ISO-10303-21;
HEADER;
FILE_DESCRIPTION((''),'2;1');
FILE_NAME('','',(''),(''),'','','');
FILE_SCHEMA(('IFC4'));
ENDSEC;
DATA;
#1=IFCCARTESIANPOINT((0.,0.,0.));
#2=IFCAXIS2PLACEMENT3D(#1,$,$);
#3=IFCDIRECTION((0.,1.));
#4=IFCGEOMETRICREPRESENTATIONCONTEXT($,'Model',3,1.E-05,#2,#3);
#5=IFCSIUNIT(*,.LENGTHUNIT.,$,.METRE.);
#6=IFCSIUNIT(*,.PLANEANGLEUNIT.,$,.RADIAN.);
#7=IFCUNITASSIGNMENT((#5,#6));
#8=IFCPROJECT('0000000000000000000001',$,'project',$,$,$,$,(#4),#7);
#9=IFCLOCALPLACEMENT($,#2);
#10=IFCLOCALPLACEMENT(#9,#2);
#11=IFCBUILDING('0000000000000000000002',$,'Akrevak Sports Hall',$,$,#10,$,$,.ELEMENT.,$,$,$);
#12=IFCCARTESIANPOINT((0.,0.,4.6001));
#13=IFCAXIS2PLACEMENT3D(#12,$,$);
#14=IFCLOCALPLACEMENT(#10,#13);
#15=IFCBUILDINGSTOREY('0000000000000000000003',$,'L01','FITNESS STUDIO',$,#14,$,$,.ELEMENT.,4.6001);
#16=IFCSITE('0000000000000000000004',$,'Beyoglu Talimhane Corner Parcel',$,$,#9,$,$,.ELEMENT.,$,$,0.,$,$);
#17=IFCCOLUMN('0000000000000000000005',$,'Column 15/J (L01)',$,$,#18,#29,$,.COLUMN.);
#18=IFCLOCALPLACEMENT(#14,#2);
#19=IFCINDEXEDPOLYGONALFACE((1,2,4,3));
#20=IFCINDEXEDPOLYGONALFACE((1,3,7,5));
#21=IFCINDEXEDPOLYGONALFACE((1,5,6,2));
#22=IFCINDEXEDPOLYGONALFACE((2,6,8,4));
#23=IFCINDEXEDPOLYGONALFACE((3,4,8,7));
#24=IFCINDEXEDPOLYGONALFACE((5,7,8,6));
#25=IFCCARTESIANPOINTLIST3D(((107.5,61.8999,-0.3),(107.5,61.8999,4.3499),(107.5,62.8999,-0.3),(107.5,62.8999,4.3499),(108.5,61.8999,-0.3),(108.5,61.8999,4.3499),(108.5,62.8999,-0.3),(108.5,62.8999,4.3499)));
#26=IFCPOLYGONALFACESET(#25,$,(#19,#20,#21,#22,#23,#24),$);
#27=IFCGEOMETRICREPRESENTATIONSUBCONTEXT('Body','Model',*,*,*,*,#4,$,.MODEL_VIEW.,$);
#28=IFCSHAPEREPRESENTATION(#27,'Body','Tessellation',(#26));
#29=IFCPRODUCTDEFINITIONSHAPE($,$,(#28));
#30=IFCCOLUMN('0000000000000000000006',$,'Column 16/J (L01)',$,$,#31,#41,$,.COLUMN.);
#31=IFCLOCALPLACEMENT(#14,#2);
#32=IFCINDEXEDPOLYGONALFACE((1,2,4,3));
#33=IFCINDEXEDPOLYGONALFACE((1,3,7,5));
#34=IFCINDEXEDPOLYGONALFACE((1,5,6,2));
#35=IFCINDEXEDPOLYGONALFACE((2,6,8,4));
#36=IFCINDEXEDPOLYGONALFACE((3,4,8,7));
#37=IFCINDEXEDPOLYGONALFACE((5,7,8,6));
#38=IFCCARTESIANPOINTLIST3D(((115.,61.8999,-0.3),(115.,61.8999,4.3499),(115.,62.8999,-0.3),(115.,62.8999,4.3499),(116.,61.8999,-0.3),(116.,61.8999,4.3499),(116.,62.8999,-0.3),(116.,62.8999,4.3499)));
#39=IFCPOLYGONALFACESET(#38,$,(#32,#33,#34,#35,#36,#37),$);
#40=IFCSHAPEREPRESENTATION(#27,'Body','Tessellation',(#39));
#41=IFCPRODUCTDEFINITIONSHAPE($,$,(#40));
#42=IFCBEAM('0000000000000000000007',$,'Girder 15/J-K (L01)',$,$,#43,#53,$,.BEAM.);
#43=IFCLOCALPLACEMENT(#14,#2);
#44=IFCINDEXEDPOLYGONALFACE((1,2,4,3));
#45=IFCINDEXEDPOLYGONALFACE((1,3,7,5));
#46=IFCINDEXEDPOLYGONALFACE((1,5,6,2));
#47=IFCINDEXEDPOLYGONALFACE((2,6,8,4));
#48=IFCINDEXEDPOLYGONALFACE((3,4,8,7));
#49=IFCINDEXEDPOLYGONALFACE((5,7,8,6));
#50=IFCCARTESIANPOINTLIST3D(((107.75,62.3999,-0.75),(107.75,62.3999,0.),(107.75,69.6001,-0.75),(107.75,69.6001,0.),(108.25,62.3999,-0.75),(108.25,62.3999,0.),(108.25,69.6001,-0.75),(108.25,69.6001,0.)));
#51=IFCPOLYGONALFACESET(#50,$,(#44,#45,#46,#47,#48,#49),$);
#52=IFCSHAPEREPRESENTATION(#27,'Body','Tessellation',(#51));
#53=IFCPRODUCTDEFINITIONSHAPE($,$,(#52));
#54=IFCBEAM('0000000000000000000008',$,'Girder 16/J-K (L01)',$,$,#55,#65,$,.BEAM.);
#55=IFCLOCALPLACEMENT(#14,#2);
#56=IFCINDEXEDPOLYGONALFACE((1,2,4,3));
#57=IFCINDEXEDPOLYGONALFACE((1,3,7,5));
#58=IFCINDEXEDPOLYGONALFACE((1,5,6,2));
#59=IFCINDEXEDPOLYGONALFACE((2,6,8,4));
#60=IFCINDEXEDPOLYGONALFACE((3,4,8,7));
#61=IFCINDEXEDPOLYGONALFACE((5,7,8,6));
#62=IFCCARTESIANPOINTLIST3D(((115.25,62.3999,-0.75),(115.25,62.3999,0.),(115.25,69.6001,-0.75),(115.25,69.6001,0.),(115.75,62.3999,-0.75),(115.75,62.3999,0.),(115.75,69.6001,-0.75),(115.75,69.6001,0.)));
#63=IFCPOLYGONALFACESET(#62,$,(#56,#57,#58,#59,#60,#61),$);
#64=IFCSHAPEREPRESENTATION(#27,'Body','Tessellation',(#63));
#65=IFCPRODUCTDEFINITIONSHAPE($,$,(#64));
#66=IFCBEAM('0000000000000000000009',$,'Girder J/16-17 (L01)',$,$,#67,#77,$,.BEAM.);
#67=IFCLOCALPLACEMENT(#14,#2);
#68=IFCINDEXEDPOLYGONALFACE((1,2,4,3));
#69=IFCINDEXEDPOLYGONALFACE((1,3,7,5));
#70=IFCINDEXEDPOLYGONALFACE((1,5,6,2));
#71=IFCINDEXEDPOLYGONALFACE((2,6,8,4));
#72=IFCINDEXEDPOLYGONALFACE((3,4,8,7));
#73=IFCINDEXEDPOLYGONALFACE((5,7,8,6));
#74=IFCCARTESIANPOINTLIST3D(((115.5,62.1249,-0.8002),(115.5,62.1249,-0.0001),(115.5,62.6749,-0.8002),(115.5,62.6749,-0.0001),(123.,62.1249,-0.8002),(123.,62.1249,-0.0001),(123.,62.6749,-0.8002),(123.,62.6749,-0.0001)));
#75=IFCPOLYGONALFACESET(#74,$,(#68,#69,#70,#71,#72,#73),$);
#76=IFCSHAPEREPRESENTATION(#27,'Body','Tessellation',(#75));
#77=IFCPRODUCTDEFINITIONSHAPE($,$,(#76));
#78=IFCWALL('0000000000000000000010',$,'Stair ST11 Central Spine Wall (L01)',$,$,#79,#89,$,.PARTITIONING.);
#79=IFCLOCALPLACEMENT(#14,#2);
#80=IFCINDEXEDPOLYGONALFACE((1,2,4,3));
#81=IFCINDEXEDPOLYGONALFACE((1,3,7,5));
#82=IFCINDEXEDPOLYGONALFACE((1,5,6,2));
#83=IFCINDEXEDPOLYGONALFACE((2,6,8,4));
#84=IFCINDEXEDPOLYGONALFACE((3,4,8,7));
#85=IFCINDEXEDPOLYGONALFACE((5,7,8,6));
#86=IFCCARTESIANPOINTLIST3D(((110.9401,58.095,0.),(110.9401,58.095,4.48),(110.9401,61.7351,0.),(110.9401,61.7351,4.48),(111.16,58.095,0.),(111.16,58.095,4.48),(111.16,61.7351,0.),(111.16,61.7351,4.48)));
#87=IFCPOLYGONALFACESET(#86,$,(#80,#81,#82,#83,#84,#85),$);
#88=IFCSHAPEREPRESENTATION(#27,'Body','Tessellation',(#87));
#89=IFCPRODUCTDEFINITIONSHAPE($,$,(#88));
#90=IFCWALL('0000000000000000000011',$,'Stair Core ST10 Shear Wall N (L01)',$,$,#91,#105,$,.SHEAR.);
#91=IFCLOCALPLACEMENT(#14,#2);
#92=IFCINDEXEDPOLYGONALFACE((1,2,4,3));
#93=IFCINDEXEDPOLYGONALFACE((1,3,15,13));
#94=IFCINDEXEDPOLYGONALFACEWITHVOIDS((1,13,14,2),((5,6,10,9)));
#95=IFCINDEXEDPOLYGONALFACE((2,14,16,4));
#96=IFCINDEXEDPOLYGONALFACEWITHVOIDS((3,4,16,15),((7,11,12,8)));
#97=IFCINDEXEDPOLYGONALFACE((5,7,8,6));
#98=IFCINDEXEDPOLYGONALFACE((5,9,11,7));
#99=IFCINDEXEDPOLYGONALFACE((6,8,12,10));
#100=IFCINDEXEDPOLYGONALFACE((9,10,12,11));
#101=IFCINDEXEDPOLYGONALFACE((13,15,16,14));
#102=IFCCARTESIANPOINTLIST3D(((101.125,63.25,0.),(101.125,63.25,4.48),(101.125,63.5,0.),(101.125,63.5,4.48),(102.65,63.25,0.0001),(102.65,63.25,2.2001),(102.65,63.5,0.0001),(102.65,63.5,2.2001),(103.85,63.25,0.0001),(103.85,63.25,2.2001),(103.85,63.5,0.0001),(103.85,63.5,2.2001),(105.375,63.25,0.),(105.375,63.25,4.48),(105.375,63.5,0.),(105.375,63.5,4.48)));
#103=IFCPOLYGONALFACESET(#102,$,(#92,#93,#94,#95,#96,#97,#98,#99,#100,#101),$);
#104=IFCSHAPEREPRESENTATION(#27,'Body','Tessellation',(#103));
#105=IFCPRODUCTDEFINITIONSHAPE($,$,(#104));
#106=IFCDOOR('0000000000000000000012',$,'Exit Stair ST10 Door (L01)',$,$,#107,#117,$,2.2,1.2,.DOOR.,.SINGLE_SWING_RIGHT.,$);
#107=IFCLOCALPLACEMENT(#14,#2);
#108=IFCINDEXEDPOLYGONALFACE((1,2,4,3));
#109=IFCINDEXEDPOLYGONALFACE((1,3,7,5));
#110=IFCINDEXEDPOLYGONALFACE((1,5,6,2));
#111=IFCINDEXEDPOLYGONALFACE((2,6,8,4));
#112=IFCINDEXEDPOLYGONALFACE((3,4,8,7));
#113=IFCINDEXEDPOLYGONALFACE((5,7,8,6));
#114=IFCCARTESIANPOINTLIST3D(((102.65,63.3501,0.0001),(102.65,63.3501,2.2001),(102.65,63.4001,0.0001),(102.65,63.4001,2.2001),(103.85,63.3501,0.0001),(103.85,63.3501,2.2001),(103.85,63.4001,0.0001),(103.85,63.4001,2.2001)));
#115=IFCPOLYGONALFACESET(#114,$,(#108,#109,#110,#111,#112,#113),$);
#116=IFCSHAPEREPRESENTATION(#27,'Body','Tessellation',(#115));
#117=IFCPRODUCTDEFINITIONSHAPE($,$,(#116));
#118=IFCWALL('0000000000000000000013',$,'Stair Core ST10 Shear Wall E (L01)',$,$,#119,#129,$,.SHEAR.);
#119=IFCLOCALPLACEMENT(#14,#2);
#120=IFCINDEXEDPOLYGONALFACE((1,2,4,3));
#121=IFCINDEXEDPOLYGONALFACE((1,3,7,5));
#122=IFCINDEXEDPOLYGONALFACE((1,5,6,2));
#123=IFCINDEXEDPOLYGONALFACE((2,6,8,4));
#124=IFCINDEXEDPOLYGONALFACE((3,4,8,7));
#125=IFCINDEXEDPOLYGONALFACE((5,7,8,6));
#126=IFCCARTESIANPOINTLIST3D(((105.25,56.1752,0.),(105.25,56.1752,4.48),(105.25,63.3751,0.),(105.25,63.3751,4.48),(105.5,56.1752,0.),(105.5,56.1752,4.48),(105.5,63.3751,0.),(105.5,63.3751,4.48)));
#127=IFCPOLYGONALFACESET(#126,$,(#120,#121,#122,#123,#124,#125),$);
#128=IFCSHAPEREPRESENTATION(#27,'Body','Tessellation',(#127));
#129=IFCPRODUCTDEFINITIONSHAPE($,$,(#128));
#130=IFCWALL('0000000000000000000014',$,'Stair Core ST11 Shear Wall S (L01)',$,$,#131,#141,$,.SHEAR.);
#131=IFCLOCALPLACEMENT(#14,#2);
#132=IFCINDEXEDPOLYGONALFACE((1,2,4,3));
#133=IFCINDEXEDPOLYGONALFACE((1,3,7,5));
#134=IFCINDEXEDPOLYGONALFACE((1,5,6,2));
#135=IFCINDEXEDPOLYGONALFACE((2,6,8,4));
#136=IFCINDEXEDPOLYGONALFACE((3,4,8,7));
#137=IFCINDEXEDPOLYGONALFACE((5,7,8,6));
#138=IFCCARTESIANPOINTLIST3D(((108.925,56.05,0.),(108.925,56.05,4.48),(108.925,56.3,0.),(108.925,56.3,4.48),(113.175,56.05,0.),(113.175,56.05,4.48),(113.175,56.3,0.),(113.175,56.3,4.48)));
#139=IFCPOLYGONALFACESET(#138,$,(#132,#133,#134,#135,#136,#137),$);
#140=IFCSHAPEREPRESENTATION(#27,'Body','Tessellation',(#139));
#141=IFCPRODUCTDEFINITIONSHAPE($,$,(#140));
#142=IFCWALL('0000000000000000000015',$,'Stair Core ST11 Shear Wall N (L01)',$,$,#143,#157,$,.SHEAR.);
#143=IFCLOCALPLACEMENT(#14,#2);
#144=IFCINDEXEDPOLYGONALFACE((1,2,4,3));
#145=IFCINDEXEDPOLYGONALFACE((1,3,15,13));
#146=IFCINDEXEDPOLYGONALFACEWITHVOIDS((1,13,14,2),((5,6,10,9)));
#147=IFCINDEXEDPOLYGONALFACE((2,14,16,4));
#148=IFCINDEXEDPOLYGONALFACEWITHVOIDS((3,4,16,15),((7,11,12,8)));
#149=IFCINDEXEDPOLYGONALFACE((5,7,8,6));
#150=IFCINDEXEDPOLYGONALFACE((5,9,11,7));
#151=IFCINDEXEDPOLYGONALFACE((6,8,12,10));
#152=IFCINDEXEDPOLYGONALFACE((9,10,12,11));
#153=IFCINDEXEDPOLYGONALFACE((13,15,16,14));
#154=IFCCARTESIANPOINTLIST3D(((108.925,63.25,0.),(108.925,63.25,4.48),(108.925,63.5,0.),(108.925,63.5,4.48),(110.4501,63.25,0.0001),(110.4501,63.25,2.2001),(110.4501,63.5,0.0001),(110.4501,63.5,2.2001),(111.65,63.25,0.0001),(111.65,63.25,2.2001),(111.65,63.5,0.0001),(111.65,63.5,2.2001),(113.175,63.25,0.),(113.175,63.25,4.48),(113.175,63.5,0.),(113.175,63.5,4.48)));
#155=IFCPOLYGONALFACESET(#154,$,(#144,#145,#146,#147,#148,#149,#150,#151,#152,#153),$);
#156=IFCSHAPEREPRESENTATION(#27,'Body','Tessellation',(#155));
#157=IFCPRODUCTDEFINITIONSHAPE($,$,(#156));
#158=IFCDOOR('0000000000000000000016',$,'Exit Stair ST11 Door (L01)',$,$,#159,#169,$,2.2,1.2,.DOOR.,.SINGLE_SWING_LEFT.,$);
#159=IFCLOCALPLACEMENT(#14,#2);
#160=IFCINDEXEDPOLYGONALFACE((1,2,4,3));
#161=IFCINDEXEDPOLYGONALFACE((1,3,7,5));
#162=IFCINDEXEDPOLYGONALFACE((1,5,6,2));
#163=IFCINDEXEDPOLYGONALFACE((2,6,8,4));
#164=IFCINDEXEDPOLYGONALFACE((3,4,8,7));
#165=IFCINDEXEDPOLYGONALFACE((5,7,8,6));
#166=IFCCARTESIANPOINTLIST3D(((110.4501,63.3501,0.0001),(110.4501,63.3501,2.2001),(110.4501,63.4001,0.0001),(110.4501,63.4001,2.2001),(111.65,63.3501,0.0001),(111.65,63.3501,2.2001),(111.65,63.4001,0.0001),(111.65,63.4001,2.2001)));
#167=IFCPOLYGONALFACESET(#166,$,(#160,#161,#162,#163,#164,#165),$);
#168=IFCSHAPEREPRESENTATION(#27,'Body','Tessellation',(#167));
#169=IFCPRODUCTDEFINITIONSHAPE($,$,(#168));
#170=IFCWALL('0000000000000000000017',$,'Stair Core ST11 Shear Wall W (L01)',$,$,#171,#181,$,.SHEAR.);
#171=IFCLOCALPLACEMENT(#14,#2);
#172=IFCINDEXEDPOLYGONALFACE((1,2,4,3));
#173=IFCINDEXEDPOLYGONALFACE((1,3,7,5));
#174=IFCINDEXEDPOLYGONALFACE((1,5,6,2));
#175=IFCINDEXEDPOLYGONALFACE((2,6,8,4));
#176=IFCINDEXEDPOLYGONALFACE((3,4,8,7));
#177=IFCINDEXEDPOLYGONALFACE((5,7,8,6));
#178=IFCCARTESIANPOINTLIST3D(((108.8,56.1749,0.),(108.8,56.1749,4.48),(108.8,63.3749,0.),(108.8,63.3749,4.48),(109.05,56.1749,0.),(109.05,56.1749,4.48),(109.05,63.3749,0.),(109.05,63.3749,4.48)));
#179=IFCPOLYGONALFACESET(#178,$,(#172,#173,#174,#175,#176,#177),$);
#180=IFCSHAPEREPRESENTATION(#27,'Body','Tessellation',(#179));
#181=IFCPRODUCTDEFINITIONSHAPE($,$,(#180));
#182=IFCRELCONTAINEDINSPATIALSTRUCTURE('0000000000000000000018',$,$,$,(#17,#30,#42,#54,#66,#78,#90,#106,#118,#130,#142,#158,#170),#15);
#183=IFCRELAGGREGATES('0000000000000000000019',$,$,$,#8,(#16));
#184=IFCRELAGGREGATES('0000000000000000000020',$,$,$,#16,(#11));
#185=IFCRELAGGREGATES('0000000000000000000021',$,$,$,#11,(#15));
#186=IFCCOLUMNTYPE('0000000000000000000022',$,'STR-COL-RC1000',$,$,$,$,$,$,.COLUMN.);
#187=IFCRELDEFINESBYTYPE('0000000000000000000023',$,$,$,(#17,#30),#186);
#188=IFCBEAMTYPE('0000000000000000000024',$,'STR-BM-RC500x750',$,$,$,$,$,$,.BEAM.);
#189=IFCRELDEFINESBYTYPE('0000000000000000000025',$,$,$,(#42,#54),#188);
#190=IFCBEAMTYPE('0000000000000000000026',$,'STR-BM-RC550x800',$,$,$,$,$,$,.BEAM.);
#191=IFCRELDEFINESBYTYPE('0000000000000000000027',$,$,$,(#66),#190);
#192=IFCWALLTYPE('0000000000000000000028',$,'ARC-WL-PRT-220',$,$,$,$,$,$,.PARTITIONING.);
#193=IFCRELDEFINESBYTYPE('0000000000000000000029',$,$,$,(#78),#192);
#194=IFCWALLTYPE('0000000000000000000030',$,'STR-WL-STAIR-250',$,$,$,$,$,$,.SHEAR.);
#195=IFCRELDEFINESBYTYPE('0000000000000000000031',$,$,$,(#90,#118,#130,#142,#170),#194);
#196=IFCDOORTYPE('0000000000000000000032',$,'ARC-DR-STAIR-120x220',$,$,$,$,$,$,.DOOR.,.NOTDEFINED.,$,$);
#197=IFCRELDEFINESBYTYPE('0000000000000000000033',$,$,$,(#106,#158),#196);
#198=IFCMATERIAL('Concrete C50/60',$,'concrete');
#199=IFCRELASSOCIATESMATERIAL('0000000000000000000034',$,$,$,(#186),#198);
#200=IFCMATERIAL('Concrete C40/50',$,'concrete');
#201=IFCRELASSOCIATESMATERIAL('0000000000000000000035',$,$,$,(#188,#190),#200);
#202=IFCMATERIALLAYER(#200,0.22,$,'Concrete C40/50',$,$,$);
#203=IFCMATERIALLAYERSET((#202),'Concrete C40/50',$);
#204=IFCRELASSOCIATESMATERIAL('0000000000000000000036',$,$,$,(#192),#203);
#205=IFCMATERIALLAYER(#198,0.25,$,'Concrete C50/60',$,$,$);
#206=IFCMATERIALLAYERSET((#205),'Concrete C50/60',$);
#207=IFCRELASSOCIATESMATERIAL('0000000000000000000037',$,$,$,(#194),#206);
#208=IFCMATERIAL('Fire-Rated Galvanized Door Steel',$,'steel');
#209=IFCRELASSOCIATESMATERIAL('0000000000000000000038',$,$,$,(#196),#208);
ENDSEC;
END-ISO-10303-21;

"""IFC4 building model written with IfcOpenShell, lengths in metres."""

from ifc_helpers import new_model, si_unit, direction, frame, frame_2d, origin, origin_2d, place, context, subcontext, project, spatial, rectangle, extrude, material, layer, layer_set, material_profile, profile_set, type_object, element, fill, save


model = new_model("IFC4")

# Units and contexts
model_context = context("Model", 3, precision=1e-05, world=origin(), true_north=direction((0.0, 1.0)))
body_context = subcontext(model_context, "Body", "Model", "MODEL_VIEW")
ifc_project = project(units=[si_unit("LENGTHUNIT", "METRE"), si_unit("PLANEANGLEUNIT", "RADIAN")], contexts=[model_context])

# Site, building, storey
site_placement = place(None, origin())
site = spatial("IfcSite", under=ifc_project, at=site_placement, Name="Beyoglu Talimhane Corner Parcel", CompositionType="ELEMENT", RefElevation=0.0)
building_placement = place(site_placement, origin())
building = spatial("IfcBuilding", under=site, at=building_placement, Name="Akrevak Sports Hall", CompositionType="ELEMENT")
storey_placement = place(building_placement, frame((0.0, 0.0, 4.6001)))
storey = spatial("IfcBuildingStorey", under=building, at=storey_placement, Name="L01", Description="FITNESS STUDIO", CompositionType="ELEMENT", Elevation=4.6001)

# Columns
ifc_material_1 = material(Name="Concrete C50/60", Category="concrete")
ifc_material_profile_1 = material_profile(ifc_material_1, rectangle(XDim=1.0, YDim=1.0, at=origin_2d()), Name="RC 1000x1000", Category="concrete")
ifc_profile_set_1 = profile_set([ifc_material_profile_1], Name="Concrete C50/60")
column_type = type_object("IfcColumnType", Name="STR-COL-RC1000", PredefinedType="COLUMN", material=ifc_profile_set_1)
for number, where, z_axis, x_axis, name in (
    (1, (108.0, 62.3999, -0.3), (0.0, 0.0, 1.0), (1.0, 0.0, 0.0), "Column 15/J (L01)"),
    (2, (115.5, 62.3999, -0.3), (0.0, 0.0, 1.0), (1.0, 0.0, 0.0), "Column 16/J (L01)"),
):
    element("IfcColumn", number, at=place(storey_placement, frame(where, z_axis=z_axis, x_axis=x_axis)), inside=storey, type_object=column_type, Name=name, PredefinedType="COLUMN", context=body_context, shape_type="SweptSolid", body=[
        extrude(rectangle(XDim=1.0, YDim=1.0, at=origin_2d()), origin(), (0.0, 0.0, 1.0), 4.6499),
    ])

# Beams
ifc_material_2 = material(Name="Concrete C40/50", Category="concrete")
ifc_material_profile_2 = material_profile(ifc_material_2, rectangle(XDim=0.5, YDim=0.75, at=origin_2d()), Name="BM 500x750", Category="concrete")
ifc_profile_set_2 = profile_set([ifc_material_profile_2], Name="Concrete C40/50")
beam_type_1 = type_object("IfcBeamType", Name="STR-BM-RC500x750", PredefinedType="BEAM", material=ifc_profile_set_2)
for number, where, z_axis, x_axis, name in (
    (3, (108.0, 62.3999, -0.375), (0.0, 1.0, 0.0), (-1.0, 0.0, 0.0), "Girder 15/J-K (L01)"),
    (4, (115.5, 62.3999, -0.375), (0.0, 1.0, 0.0), (-1.0, 0.0, 0.0), "Girder 16/J-K (L01)"),
):
    element("IfcBeam", number, at=place(storey_placement, frame(where, z_axis=z_axis, x_axis=x_axis)), inside=storey, type_object=beam_type_1, Name=name, PredefinedType="BEAM", context=body_context, shape_type="SweptSolid", body=[
        extrude(rectangle(XDim=0.5, YDim=0.75, at=origin_2d()), origin(), (0.0, 0.0, 1.0), 7.2002),
    ])
ifc_material_profile_3 = material_profile(ifc_material_2, rectangle(XDim=0.55, YDim=0.8, at=origin_2d()), Name="BM 550x800", Category="concrete")
ifc_profile_set_3 = profile_set([ifc_material_profile_3], Name="Concrete C40/50")
beam_type_2 = type_object("IfcBeamType", Name="STR-BM-RC550x800", PredefinedType="BEAM", material=ifc_profile_set_3)
beam_placement = place(storey_placement, frame((115.5, 62.3999, -0.4001), z_axis=(1.0, 0.0, 0.0), x_axis=(0.0, 1.0, 0.0)))
element("IfcBeam", 5, at=beam_placement, inside=storey, type_object=beam_type_2, Name="Girder J/16-17 (L01)", PredefinedType="BEAM", context=body_context, shape_type="SweptSolid", body=[
    extrude(rectangle(XDim=0.55, YDim=0.8, at=origin_2d()), origin(), (0.0, 0.0, 1.0), 7.5),
])

# Wall
ifc_layer_1 = layer(ifc_material_2, 0.22, Name="Concrete C40/50")
ifc_layer_set_1 = layer_set([ifc_layer_1], Name="Concrete C40/50")
wall_type_1 = type_object("IfcWallType", Name="ARC-WL-PRT-220", PredefinedType="PARTITIONING", material=ifc_layer_set_1)
wall_1_placement = place(storey_placement, frame((111.05, 58.095, 0.0), z_axis=(0.0, 0.0, 1.0), x_axis=(0.0, 1.0, 0.0)))
element("IfcWall", 6, at=wall_1_placement, inside=storey, type_object=wall_type_1, Name="Stair ST11 Central Spine Wall (L01)", PredefinedType="PARTITIONING", context=body_context, shape_type="SweptSolid", body=[
    extrude(rectangle(XDim=3.6401, YDim=0.22, at=frame_2d((1.8201, 0.0))), origin(), (0.0, 0.0, 1.0), 4.48),
])

# Wall, opening, door
ifc_layer_2 = layer(ifc_material_1, 0.25, Name="Concrete C50/60")
ifc_layer_set_2 = layer_set([ifc_layer_2], Name="Concrete C50/60")
wall_type_2 = type_object("IfcWallType", Name="STR-WL-STAIR-250", PredefinedType="SHEAR", material=ifc_layer_set_2)
wall_2_placement = place(storey_placement, frame((105.375, 63.375, 0.0), z_axis=(0.0, 0.0, 1.0), x_axis=(-1.0, 0.0, 0.0)))
wall_2 = element("IfcWall", 7, at=wall_2_placement, inside=storey, type_object=wall_type_2, Name="Stair Core ST10 Shear Wall N (L01)", PredefinedType="SHEAR", context=body_context, shape_type="SweptSolid", body=[
    extrude(rectangle(XDim=4.25, YDim=0.25, at=frame_2d((2.125, 0.0))), origin(), (0.0, 0.0, 1.0), 4.48),
])
opening_1_placement = place(wall_2_placement, frame((1.5249, 0.0, 0.0)))
opening_1 = element("IfcOpeningElement", 8, at=opening_1_placement, cuts=wall_2, PredefinedType="OPENING", context=body_context, shape_type="SweptSolid", body=[
    extrude(rectangle(XDim=1.2, YDim=2.2, at=frame_2d((0.6001, 1.1001))), frame((0.0, 0.137, 0.0), z_axis=(0.0, -1.0, 0.0), x_axis=(1.0, 0.0, 0.0)), (0.0, 0.0, 1.0), 0.2739),
])
ifc_material_3 = material(Name="Fire-Rated Galvanized Door Steel", Category="steel")
door_type = type_object("IfcDoorType", Name="ARC-DR-STAIR-120x220", OperationType="NOTDEFINED", PredefinedType="DOOR", material=ifc_material_3)
door_1_placement = place(opening_1_placement, origin())
door_1 = element("IfcDoor", 9, at=door_1_placement, inside=storey, type_object=door_type, Name="Exit Stair ST10 Door (L01)", OperationType="SINGLE_SWING_RIGHT", OverallHeight=2.2, OverallWidth=1.2, PredefinedType="DOOR", context=body_context, shape_type="SweptSolid", body=[
    extrude(rectangle(XDim=1.2, YDim=2.2, at=frame_2d((0.6001, 1.1001))), frame((0.0, 0.0249, 0.0), z_axis=(0.0, -1.0, 0.0), x_axis=(1.0, 0.0, 0.0)), (0.0, 0.0, 1.0), 0.05),
])
fill(opening_1, door_1)

# Walls
wall_3_placement = place(storey_placement, frame((105.375, 56.175, 0.0), z_axis=(0.0, 0.0, 1.0), x_axis=(0.0, 1.0, 0.0)))
element("IfcWall", 10, at=wall_3_placement, inside=storey, type_object=wall_type_2, Name="Stair Core ST10 Shear Wall E (L01)", PredefinedType="SHEAR", context=body_context, shape_type="SweptSolid", body=[
    extrude(rectangle(XDim=7.2, YDim=0.25, at=frame_2d((3.6001, 0.0))), origin(), (0.0, 0.0, 1.0), 4.48),
])
wall_4_placement = place(storey_placement, frame((108.925, 56.175, 0.0), z_axis=(0.0, 0.0, 1.0), x_axis=(1.0, 0.0, 0.0)))
element("IfcWall", 11, at=wall_4_placement, inside=storey, type_object=wall_type_2, Name="Stair Core ST11 Shear Wall S (L01)", PredefinedType="SHEAR", context=body_context, shape_type="SweptSolid", body=[
    extrude(rectangle(XDim=4.25, YDim=0.25, at=frame_2d((2.125, 0.0))), origin(), (0.0, 0.0, 1.0), 4.48),
])

# Wall, opening, door
wall_5_placement = place(storey_placement, frame((113.175, 63.375, 0.0), z_axis=(0.0, 0.0, 1.0), x_axis=(-1.0, 0.0, 0.0)))
wall_5 = element("IfcWall", 12, at=wall_5_placement, inside=storey, type_object=wall_type_2, Name="Stair Core ST11 Shear Wall N (L01)", PredefinedType="SHEAR", context=body_context, shape_type="SweptSolid", body=[
    extrude(rectangle(XDim=4.25, YDim=0.25, at=frame_2d((2.125, 0.0))), origin(), (0.0, 0.0, 1.0), 4.48),
])
opening_2_placement = place(wall_5_placement, frame((1.5249, 0.0, 0.0)))
opening_2 = element("IfcOpeningElement", 13, at=opening_2_placement, cuts=wall_5, PredefinedType="OPENING", context=body_context, shape_type="SweptSolid", body=[
    extrude(rectangle(XDim=1.2, YDim=2.2, at=frame_2d((0.6001, 1.1001))), frame((0.0, 0.137, 0.0), z_axis=(0.0, -1.0, 0.0), x_axis=(1.0, 0.0, 0.0)), (0.0, 0.0, 1.0), 0.2739),
])
door_2_placement = place(opening_2_placement, origin())
door_2 = element("IfcDoor", 14, at=door_2_placement, inside=storey, type_object=door_type, Name="Exit Stair ST11 Door (L01)", OperationType="SINGLE_SWING_LEFT", OverallHeight=2.2, OverallWidth=1.2, PredefinedType="DOOR", context=body_context, shape_type="SweptSolid", body=[
    extrude(rectangle(XDim=1.2, YDim=2.2, at=frame_2d((0.6001, 1.1001))), frame((0.0, 0.0249, 0.0), z_axis=(0.0, -1.0, 0.0), x_axis=(1.0, 0.0, 0.0)), (0.0, 0.0, 1.0), 0.05),
])
fill(opening_2, door_2)

# Wall
for number, where, z_axis, x_axis, name in (
    (15, (108.925, 63.375, 0.0), (0.0, 0.0, 1.0), (0.0, -1.0, 0.0), "Stair Core ST11 Shear Wall W (L01)"),
):
    element("IfcWall", number, at=place(storey_placement, frame(where, z_axis=z_axis, x_axis=x_axis)), inside=storey, type_object=wall_type_2, Name=name, PredefinedType="SHEAR", context=body_context, shape_type="SweptSolid", body=[
        extrude(rectangle(XDim=7.2, YDim=0.25, at=frame_2d((3.6001, 0.0))), origin(), (0.0, 0.0, 1.0), 4.48),
    ])

save(model, "model.ifc")
